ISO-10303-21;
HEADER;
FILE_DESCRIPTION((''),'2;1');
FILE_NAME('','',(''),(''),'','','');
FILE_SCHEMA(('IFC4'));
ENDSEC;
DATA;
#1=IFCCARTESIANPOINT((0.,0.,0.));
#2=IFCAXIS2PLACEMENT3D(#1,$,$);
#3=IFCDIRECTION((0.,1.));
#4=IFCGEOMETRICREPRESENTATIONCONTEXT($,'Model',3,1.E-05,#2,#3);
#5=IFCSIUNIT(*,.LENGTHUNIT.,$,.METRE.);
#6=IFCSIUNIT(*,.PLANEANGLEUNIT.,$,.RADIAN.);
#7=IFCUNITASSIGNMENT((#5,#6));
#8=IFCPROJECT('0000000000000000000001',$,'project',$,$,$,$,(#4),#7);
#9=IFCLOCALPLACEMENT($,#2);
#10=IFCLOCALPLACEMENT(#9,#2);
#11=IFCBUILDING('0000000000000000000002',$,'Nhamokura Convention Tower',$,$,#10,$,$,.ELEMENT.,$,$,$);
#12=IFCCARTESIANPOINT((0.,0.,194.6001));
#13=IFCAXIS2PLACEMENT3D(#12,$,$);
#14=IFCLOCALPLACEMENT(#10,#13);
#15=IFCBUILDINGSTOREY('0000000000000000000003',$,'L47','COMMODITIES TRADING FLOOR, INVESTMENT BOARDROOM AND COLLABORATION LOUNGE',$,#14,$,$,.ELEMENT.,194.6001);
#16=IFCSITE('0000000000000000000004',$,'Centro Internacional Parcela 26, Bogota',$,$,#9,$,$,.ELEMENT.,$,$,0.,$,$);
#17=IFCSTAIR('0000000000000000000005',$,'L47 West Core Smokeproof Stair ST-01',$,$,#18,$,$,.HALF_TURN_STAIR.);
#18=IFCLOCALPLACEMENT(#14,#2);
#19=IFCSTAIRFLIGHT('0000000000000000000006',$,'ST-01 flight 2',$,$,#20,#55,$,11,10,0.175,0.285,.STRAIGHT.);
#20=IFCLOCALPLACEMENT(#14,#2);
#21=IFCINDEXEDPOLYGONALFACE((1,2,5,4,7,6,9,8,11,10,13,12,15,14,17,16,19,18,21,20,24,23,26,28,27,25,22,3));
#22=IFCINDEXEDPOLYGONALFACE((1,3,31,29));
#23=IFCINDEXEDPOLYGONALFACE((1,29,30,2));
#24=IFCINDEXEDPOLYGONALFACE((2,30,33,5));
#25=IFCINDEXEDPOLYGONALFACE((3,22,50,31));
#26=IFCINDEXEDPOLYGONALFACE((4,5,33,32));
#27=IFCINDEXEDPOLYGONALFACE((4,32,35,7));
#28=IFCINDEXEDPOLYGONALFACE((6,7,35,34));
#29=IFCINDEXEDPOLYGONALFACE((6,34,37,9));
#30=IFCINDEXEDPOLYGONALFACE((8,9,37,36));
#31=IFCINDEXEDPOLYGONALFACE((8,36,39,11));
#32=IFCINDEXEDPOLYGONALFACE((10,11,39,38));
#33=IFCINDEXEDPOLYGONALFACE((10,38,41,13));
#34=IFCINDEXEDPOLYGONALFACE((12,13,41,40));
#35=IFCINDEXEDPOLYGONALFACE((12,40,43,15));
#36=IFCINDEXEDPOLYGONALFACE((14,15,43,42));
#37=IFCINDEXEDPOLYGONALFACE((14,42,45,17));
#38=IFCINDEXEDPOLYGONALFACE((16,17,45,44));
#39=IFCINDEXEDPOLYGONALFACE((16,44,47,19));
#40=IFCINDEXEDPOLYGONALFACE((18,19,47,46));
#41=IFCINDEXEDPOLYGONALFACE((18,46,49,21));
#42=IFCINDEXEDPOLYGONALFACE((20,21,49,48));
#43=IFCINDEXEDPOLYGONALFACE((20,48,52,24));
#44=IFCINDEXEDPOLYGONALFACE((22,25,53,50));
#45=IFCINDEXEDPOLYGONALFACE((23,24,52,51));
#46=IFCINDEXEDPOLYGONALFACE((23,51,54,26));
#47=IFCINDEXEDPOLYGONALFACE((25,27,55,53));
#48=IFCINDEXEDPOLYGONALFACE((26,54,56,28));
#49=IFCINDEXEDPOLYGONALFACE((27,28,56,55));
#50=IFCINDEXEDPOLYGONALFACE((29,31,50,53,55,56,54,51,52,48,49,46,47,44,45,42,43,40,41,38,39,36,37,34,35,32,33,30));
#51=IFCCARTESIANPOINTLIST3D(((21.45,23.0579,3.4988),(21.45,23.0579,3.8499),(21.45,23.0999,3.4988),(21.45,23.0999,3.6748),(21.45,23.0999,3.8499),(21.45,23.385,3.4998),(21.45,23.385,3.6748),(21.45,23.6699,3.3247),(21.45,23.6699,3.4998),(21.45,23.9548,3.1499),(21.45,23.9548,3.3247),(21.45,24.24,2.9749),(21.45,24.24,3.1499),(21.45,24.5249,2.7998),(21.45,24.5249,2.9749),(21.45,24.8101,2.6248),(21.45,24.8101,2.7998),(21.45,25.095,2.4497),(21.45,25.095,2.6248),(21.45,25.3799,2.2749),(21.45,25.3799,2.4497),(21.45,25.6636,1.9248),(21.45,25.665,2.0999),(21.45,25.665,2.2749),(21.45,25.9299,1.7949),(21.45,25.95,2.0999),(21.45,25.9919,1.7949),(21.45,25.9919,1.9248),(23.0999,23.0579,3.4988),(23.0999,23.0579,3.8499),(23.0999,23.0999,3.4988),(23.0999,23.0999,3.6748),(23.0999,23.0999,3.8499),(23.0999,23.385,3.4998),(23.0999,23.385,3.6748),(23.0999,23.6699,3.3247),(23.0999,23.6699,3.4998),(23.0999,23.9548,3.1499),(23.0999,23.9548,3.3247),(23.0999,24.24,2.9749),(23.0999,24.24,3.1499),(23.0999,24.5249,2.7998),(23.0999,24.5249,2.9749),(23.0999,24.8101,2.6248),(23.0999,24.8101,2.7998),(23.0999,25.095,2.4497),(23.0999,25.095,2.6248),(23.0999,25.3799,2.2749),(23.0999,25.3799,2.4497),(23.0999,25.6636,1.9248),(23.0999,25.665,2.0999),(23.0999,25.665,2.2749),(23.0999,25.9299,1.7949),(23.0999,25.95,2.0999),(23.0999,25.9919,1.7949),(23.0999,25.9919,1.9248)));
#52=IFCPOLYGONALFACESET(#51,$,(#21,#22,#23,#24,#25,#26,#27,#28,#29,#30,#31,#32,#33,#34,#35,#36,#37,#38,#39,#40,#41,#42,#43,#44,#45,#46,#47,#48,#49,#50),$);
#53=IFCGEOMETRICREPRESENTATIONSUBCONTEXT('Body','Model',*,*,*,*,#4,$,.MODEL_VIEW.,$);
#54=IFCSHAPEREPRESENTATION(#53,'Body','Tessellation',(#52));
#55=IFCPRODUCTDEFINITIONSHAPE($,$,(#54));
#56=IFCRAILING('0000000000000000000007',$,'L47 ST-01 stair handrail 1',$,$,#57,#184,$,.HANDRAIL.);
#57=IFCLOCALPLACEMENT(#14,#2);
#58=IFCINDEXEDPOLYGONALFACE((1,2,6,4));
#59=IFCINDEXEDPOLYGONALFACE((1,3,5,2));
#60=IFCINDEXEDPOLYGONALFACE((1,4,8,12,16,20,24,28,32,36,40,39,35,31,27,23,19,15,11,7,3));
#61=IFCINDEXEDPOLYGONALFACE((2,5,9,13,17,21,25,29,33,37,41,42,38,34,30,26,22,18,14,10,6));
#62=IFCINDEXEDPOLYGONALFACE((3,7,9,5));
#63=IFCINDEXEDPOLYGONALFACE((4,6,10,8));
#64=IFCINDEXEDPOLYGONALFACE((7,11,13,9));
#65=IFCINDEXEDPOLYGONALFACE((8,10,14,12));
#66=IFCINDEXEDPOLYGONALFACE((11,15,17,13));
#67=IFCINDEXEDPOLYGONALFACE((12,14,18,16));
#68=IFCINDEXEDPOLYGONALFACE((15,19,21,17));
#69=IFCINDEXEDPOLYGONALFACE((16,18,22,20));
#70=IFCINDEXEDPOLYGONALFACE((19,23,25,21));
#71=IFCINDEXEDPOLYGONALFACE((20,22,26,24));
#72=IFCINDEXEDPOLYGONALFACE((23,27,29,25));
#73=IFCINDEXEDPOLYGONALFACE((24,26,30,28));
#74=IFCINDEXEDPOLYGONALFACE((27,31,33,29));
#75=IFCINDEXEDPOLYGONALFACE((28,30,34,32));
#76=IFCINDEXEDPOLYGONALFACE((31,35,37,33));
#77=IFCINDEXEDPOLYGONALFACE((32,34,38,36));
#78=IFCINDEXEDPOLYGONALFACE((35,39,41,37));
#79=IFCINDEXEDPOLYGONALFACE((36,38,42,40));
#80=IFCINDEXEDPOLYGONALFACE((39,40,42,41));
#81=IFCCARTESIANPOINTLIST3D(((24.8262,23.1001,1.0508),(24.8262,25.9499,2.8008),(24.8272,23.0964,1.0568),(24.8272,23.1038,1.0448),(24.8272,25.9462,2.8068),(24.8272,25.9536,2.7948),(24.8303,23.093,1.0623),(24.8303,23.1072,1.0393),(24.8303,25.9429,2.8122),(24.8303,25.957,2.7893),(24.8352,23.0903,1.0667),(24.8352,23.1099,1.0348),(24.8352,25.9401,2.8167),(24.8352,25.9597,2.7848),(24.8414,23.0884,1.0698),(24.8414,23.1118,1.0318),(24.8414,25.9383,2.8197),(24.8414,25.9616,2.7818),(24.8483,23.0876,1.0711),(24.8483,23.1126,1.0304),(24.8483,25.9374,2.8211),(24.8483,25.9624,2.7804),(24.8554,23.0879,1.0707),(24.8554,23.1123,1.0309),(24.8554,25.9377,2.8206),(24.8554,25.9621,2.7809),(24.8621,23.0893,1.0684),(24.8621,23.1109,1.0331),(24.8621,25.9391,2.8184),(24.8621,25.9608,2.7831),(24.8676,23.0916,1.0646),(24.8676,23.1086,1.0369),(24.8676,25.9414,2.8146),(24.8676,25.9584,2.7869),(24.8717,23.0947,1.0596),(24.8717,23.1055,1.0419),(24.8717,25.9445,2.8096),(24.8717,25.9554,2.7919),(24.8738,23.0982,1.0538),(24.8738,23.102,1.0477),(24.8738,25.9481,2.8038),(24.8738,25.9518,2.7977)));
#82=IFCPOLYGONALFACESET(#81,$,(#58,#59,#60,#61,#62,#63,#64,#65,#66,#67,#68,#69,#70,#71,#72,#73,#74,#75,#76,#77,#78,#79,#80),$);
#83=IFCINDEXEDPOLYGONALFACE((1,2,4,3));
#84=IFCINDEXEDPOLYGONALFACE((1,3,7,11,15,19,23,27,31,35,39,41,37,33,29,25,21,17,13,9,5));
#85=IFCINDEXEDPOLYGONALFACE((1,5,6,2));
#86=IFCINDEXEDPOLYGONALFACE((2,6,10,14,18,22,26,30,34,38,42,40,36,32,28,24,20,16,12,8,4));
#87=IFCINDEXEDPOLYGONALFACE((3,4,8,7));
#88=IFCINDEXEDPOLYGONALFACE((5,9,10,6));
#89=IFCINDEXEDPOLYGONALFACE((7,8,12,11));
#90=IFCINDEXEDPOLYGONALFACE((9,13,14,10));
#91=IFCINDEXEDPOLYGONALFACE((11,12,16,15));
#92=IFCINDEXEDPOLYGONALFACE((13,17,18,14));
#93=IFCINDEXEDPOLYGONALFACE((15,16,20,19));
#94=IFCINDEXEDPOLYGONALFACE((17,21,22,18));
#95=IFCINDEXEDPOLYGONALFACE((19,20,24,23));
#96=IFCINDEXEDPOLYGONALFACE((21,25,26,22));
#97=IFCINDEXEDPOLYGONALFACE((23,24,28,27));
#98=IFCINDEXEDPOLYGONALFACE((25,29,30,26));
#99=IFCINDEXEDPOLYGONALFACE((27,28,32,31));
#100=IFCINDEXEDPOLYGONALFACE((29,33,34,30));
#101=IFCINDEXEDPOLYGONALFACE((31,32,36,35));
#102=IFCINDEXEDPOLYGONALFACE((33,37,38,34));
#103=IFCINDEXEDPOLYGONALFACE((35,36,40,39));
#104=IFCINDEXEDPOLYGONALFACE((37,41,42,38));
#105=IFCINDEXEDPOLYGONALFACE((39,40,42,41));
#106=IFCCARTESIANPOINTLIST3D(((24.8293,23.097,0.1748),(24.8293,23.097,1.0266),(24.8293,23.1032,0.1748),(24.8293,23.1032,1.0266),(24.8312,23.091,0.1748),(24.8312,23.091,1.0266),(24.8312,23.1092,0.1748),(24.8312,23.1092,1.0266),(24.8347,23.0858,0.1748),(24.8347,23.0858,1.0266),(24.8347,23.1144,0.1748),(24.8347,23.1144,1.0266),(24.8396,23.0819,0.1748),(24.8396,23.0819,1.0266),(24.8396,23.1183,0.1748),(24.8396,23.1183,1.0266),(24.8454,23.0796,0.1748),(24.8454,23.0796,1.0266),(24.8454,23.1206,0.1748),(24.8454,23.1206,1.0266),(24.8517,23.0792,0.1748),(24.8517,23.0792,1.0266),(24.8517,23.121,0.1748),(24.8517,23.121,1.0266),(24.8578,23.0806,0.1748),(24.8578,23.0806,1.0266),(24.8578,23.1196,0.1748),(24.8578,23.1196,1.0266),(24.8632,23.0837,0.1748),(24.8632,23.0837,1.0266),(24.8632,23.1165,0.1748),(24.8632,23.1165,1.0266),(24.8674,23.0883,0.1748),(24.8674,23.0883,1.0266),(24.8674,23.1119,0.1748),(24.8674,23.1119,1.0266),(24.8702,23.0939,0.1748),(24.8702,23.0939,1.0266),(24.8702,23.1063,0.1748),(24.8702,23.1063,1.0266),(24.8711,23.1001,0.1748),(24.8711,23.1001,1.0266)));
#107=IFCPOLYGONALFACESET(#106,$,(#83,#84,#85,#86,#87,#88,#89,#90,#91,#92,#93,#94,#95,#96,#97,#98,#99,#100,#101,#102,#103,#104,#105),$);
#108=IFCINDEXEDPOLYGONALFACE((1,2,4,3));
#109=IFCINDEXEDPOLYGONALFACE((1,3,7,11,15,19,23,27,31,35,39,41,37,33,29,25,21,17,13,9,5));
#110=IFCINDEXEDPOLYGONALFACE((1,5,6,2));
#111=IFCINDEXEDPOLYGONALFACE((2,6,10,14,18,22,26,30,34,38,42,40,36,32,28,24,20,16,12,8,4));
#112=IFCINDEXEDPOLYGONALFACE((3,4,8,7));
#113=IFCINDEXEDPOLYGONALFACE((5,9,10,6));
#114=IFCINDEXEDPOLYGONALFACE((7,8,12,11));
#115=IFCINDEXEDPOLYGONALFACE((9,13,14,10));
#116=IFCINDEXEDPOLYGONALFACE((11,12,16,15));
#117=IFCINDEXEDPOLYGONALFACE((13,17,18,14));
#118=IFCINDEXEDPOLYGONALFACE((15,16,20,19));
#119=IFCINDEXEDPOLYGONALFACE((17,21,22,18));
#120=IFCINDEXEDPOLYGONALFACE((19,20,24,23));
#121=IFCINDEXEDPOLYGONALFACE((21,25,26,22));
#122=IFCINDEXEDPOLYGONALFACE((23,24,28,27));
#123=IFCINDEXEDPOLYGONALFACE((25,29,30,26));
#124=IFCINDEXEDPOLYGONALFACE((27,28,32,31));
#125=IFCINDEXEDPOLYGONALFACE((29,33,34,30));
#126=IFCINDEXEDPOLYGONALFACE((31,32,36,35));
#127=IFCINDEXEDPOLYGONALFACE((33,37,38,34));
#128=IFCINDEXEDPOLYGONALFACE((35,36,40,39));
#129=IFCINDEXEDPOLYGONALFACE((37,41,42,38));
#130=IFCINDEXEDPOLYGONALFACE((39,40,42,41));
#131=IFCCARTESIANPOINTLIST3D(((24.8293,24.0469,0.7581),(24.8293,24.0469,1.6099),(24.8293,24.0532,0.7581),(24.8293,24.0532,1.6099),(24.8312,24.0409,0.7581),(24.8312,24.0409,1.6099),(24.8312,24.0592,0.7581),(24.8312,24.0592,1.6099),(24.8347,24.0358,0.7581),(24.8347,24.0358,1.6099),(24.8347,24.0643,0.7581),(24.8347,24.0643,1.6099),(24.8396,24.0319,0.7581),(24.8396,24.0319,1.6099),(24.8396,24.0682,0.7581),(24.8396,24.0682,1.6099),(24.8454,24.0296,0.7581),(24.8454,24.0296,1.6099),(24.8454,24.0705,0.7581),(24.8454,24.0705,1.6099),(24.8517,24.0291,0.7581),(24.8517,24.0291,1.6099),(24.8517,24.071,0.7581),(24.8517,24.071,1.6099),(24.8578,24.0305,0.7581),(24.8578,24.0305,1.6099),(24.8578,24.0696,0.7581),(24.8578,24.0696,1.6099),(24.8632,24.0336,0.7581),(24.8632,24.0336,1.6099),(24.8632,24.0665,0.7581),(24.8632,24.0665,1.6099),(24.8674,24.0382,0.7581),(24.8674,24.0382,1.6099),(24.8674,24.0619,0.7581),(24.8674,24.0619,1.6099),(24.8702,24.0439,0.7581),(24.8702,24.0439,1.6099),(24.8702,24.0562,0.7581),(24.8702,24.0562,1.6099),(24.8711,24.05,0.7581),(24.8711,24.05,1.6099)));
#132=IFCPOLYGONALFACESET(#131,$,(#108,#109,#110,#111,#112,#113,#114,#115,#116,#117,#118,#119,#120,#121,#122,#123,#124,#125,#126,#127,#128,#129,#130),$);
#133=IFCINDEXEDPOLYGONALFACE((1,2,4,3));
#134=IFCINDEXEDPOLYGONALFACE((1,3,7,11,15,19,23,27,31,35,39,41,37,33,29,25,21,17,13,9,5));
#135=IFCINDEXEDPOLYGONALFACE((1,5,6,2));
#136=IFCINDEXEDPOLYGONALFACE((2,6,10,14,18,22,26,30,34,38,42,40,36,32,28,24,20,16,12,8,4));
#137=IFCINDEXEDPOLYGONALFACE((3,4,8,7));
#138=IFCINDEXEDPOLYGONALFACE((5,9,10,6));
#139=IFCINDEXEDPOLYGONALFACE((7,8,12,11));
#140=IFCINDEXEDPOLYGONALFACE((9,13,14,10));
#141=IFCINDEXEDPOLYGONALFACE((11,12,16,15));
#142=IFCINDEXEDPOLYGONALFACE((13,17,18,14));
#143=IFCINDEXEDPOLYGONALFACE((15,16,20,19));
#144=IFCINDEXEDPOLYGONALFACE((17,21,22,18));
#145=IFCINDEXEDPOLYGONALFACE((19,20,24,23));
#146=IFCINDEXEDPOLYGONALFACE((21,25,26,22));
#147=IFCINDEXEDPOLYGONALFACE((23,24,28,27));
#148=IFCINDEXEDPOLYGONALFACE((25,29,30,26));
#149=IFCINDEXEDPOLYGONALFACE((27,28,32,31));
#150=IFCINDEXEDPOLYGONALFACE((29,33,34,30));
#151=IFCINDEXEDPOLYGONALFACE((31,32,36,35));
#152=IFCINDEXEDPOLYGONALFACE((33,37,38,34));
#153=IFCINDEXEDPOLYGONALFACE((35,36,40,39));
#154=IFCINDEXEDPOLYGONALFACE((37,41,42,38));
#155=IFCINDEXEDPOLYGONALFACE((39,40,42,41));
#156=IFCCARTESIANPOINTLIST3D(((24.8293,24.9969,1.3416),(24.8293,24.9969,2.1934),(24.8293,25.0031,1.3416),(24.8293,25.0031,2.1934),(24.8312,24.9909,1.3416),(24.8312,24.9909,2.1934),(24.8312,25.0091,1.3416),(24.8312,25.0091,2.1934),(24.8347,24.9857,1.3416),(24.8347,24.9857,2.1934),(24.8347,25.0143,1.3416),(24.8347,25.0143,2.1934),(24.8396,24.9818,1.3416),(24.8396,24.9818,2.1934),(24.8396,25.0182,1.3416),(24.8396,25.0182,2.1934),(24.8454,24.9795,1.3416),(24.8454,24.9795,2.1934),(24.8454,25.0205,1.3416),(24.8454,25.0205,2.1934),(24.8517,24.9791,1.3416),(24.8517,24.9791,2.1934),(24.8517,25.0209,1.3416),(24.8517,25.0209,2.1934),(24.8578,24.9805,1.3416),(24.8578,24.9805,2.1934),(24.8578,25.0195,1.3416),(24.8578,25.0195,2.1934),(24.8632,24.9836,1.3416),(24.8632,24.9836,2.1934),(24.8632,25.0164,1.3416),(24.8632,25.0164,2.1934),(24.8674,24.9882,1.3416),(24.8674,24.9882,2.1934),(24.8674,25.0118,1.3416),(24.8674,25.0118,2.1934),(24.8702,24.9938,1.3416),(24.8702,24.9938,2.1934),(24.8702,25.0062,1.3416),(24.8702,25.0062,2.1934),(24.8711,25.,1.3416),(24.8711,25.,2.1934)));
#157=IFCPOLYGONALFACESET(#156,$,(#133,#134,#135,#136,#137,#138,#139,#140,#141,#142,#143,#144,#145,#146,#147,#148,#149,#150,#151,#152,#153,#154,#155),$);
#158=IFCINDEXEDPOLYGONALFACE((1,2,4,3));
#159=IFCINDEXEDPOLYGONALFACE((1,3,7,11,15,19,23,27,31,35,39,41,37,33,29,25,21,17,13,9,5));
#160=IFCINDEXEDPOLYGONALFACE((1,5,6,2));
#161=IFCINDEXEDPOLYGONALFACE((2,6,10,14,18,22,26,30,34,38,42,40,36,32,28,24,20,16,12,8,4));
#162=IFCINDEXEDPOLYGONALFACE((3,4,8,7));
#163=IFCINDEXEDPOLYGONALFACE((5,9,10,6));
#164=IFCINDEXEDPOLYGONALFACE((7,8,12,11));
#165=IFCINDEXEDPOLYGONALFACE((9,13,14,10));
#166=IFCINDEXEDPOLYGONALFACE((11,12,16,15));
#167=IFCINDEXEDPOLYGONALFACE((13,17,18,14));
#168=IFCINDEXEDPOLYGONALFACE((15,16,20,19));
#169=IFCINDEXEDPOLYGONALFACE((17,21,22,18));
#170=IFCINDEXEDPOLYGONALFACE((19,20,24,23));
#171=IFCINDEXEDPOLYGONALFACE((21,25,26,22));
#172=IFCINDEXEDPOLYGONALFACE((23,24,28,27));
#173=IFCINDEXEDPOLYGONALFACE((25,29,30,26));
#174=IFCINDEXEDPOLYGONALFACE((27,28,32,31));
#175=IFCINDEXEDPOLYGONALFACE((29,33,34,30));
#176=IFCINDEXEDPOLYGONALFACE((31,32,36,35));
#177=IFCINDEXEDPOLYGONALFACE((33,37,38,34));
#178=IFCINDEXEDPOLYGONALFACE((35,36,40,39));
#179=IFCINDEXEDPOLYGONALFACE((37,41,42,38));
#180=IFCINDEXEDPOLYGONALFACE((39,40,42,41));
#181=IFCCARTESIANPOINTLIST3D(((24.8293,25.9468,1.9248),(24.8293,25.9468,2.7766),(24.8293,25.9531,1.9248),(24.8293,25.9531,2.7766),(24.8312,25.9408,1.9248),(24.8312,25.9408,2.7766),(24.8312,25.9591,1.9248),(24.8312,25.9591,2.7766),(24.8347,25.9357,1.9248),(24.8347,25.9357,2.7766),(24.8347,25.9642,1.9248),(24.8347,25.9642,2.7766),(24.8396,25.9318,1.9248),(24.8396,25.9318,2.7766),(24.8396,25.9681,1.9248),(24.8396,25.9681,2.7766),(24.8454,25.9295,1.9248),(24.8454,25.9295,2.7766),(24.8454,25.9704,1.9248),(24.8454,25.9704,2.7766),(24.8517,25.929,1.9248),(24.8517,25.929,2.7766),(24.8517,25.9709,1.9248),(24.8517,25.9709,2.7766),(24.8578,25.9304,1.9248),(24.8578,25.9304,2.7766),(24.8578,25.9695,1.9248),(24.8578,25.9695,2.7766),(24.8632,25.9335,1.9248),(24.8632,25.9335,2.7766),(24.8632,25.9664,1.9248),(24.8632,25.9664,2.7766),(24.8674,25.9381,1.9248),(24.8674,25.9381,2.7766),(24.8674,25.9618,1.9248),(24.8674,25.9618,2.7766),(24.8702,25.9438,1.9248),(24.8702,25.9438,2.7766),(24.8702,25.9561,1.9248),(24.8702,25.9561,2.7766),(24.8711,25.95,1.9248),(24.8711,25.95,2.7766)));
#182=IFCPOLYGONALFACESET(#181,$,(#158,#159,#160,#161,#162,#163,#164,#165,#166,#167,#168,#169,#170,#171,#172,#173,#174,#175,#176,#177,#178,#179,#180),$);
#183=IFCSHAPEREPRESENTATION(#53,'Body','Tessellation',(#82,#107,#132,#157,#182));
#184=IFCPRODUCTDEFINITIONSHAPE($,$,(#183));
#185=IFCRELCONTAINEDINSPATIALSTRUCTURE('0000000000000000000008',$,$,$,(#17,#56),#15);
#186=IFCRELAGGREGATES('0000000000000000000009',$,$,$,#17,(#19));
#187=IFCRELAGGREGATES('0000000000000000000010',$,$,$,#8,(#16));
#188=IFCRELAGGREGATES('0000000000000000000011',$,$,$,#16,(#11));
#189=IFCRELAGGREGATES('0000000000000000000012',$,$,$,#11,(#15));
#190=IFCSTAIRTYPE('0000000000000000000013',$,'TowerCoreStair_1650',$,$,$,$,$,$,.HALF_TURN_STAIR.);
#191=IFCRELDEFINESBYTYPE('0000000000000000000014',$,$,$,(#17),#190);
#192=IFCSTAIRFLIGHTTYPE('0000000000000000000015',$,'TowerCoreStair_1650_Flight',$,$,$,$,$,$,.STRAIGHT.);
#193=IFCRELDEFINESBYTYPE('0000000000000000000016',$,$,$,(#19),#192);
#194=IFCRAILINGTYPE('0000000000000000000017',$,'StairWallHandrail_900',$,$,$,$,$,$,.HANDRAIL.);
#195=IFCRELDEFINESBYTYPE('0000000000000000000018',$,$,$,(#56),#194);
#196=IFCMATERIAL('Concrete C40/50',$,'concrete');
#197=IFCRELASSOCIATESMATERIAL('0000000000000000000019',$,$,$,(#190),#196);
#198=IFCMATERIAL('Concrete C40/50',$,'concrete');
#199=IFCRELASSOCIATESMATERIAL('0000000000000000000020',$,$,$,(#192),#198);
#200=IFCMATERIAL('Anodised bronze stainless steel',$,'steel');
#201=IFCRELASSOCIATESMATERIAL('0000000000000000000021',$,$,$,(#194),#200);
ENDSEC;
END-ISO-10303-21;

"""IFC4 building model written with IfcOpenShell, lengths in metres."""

from ifc_helpers import new_model, si_unit, direction, frame, origin, origin_2d, place, context, subcontext, project, spatial, polyline, circle, outline, extrude, material, type_object, element, aggregate, save


model = new_model("IFC4")

# Units and contexts
model_context = context("Model", 3, precision=1e-05, world=origin(), true_north=direction((0.0, 1.0)))
body_context = subcontext(model_context, "Body", "Model", "MODEL_VIEW")
ifc_project = project(units=[si_unit("LENGTHUNIT", "METRE"), si_unit("PLANEANGLEUNIT", "RADIAN")], contexts=[model_context])

# Site, building, storey
site_placement = place(None, origin())
site = spatial("IfcSite", under=ifc_project, at=site_placement, Name="Centro Internacional Parcela 26, Bogota", CompositionType="ELEMENT", RefElevation=0.0)
building_placement = place(site_placement, origin())
building = spatial("IfcBuilding", under=site, at=building_placement, Name="Nhamokura Convention Tower", CompositionType="ELEMENT")
storey_placement = place(building_placement, frame((0.0, 0.0, 194.6001)))
storey = spatial("IfcBuildingStorey", under=building, at=storey_placement, Name="L47", Description="COMMODITIES TRADING FLOOR, INVESTMENT BOARDROOM AND COLLABORATION LOUNGE", CompositionType="ELEMENT", Elevation=194.6001)

# Stair, stair flight
ifc_material_1 = material(Name="Concrete C40/50", Category="concrete")
stair_type = type_object("IfcStairType", Name="TowerCoreStair_1650", PredefinedType="HALF_TURN_STAIR", material=ifc_material_1)
stair_placement = place(storey_placement, origin())
stair = element("IfcStair", 1, at=stair_placement, inside=storey, type_object=stair_type, Name="L47 West Core Smokeproof Stair ST-01", PredefinedType="HALF_TURN_STAIR")
ifc_material_2 = material(Name="Concrete C40/50", Category="concrete")
stair_flight_type = type_object("IfcStairFlightType", Name="TowerCoreStair_1650_Flight", PredefinedType="STRAIGHT", material=ifc_material_2)
stair_flight_1_placement = place(storey_placement, frame((22.2749, 25.95, 1.9248), z_axis=(0.0, 0.0, 1.0), x_axis=(0.0, -1.0, 0.0)))
stair_flight_1 = element("IfcStairFlight", 2, at=stair_flight_1_placement, type_object=stair_flight_type, Name="ST-01 flight 2", NumberOfRisers=11, NumberOfTreads=10, PredefinedType="STRAIGHT", RiserHeight=0.175, TreadLength=0.285, context=body_context, shape_type="SweptSolid", body=[
    extrude(outline(polyline([(-0.042, 0.0), (0.0, 0.175), (0.2849, 0.175), (0.2849, 0.3501), (0.5701, 0.3501), (0.5701, 0.5249), (0.855, 0.5249), (0.855, 0.7), (1.1399, 0.7), (1.1399, 0.875), (1.425, 0.875), (1.425, 1.05), (1.71, 1.05), (1.71, 1.2251), (1.9951, 1.2251), (1.9951, 1.3999), (2.28, 1.3999), (2.28, 1.575), (2.5649, 1.575), (2.5649, 1.75), (2.8501, 1.75), (2.8501, 1.925), (2.8921, 1.925), (2.8921, 1.574), (2.8501, 1.574), (0.2864, 0.0), (0.02, -0.1299), (-0.042, -0.1299), (-0.042, 0.0)])), frame((0.0, 0.825, 0.0), z_axis=(0.0, -1.0, 0.0), x_axis=(1.0, 0.0, 0.0)), (0.0, 0.0, 1.0), 1.6499),
])
aggregate(stair, [stair_flight_1])

# Railing
ifc_material_3 = material(Name="Anodised bronze stainless steel", Category="steel")
railing_type_1 = type_object("IfcRailingType", Name="StairWallHandrail_900", PredefinedType="HANDRAIL", material=ifc_material_3)
railing_1_placement = place(storey_placement, frame((24.8501, 23.1001, 0.1748)))
element("IfcRailing", 3, at=railing_1_placement, inside=storey, type_object=railing_type_1, Name="L47 ST-01 stair handrail 1", PredefinedType="HANDRAIL", context=body_context, shape_type="SweptSolid", body=[
    extrude(circle(Radius=0.0239, at=origin_2d()), frame((0.0, 0.0, 0.876), z_axis=(0.0, 0.852159, 0.523283), x_axis=(-1.0, 0.0, 0.0)), (0.0, 0.0, 1.0), 3.3442),
    extrude(circle(Radius=0.021, at=origin_2d()), origin(), (0.0, 0.0, 1.0), 0.8518),
    extrude(circle(Radius=0.021, at=origin_2d()), frame((0.0, 0.95, 0.5833)), (0.0, 0.0, 1.0), 0.8518),
    extrude(circle(Radius=0.021, at=origin_2d()), frame((0.0, 1.8999, 1.1667)), (0.0, 0.0, 1.0), 0.8518),
    extrude(circle(Radius=0.021, at=origin_2d()), frame((0.0, 2.8499, 1.75)), (0.0, 0.0, 1.0), 0.8518),
])

save(model, "model.ifc")
